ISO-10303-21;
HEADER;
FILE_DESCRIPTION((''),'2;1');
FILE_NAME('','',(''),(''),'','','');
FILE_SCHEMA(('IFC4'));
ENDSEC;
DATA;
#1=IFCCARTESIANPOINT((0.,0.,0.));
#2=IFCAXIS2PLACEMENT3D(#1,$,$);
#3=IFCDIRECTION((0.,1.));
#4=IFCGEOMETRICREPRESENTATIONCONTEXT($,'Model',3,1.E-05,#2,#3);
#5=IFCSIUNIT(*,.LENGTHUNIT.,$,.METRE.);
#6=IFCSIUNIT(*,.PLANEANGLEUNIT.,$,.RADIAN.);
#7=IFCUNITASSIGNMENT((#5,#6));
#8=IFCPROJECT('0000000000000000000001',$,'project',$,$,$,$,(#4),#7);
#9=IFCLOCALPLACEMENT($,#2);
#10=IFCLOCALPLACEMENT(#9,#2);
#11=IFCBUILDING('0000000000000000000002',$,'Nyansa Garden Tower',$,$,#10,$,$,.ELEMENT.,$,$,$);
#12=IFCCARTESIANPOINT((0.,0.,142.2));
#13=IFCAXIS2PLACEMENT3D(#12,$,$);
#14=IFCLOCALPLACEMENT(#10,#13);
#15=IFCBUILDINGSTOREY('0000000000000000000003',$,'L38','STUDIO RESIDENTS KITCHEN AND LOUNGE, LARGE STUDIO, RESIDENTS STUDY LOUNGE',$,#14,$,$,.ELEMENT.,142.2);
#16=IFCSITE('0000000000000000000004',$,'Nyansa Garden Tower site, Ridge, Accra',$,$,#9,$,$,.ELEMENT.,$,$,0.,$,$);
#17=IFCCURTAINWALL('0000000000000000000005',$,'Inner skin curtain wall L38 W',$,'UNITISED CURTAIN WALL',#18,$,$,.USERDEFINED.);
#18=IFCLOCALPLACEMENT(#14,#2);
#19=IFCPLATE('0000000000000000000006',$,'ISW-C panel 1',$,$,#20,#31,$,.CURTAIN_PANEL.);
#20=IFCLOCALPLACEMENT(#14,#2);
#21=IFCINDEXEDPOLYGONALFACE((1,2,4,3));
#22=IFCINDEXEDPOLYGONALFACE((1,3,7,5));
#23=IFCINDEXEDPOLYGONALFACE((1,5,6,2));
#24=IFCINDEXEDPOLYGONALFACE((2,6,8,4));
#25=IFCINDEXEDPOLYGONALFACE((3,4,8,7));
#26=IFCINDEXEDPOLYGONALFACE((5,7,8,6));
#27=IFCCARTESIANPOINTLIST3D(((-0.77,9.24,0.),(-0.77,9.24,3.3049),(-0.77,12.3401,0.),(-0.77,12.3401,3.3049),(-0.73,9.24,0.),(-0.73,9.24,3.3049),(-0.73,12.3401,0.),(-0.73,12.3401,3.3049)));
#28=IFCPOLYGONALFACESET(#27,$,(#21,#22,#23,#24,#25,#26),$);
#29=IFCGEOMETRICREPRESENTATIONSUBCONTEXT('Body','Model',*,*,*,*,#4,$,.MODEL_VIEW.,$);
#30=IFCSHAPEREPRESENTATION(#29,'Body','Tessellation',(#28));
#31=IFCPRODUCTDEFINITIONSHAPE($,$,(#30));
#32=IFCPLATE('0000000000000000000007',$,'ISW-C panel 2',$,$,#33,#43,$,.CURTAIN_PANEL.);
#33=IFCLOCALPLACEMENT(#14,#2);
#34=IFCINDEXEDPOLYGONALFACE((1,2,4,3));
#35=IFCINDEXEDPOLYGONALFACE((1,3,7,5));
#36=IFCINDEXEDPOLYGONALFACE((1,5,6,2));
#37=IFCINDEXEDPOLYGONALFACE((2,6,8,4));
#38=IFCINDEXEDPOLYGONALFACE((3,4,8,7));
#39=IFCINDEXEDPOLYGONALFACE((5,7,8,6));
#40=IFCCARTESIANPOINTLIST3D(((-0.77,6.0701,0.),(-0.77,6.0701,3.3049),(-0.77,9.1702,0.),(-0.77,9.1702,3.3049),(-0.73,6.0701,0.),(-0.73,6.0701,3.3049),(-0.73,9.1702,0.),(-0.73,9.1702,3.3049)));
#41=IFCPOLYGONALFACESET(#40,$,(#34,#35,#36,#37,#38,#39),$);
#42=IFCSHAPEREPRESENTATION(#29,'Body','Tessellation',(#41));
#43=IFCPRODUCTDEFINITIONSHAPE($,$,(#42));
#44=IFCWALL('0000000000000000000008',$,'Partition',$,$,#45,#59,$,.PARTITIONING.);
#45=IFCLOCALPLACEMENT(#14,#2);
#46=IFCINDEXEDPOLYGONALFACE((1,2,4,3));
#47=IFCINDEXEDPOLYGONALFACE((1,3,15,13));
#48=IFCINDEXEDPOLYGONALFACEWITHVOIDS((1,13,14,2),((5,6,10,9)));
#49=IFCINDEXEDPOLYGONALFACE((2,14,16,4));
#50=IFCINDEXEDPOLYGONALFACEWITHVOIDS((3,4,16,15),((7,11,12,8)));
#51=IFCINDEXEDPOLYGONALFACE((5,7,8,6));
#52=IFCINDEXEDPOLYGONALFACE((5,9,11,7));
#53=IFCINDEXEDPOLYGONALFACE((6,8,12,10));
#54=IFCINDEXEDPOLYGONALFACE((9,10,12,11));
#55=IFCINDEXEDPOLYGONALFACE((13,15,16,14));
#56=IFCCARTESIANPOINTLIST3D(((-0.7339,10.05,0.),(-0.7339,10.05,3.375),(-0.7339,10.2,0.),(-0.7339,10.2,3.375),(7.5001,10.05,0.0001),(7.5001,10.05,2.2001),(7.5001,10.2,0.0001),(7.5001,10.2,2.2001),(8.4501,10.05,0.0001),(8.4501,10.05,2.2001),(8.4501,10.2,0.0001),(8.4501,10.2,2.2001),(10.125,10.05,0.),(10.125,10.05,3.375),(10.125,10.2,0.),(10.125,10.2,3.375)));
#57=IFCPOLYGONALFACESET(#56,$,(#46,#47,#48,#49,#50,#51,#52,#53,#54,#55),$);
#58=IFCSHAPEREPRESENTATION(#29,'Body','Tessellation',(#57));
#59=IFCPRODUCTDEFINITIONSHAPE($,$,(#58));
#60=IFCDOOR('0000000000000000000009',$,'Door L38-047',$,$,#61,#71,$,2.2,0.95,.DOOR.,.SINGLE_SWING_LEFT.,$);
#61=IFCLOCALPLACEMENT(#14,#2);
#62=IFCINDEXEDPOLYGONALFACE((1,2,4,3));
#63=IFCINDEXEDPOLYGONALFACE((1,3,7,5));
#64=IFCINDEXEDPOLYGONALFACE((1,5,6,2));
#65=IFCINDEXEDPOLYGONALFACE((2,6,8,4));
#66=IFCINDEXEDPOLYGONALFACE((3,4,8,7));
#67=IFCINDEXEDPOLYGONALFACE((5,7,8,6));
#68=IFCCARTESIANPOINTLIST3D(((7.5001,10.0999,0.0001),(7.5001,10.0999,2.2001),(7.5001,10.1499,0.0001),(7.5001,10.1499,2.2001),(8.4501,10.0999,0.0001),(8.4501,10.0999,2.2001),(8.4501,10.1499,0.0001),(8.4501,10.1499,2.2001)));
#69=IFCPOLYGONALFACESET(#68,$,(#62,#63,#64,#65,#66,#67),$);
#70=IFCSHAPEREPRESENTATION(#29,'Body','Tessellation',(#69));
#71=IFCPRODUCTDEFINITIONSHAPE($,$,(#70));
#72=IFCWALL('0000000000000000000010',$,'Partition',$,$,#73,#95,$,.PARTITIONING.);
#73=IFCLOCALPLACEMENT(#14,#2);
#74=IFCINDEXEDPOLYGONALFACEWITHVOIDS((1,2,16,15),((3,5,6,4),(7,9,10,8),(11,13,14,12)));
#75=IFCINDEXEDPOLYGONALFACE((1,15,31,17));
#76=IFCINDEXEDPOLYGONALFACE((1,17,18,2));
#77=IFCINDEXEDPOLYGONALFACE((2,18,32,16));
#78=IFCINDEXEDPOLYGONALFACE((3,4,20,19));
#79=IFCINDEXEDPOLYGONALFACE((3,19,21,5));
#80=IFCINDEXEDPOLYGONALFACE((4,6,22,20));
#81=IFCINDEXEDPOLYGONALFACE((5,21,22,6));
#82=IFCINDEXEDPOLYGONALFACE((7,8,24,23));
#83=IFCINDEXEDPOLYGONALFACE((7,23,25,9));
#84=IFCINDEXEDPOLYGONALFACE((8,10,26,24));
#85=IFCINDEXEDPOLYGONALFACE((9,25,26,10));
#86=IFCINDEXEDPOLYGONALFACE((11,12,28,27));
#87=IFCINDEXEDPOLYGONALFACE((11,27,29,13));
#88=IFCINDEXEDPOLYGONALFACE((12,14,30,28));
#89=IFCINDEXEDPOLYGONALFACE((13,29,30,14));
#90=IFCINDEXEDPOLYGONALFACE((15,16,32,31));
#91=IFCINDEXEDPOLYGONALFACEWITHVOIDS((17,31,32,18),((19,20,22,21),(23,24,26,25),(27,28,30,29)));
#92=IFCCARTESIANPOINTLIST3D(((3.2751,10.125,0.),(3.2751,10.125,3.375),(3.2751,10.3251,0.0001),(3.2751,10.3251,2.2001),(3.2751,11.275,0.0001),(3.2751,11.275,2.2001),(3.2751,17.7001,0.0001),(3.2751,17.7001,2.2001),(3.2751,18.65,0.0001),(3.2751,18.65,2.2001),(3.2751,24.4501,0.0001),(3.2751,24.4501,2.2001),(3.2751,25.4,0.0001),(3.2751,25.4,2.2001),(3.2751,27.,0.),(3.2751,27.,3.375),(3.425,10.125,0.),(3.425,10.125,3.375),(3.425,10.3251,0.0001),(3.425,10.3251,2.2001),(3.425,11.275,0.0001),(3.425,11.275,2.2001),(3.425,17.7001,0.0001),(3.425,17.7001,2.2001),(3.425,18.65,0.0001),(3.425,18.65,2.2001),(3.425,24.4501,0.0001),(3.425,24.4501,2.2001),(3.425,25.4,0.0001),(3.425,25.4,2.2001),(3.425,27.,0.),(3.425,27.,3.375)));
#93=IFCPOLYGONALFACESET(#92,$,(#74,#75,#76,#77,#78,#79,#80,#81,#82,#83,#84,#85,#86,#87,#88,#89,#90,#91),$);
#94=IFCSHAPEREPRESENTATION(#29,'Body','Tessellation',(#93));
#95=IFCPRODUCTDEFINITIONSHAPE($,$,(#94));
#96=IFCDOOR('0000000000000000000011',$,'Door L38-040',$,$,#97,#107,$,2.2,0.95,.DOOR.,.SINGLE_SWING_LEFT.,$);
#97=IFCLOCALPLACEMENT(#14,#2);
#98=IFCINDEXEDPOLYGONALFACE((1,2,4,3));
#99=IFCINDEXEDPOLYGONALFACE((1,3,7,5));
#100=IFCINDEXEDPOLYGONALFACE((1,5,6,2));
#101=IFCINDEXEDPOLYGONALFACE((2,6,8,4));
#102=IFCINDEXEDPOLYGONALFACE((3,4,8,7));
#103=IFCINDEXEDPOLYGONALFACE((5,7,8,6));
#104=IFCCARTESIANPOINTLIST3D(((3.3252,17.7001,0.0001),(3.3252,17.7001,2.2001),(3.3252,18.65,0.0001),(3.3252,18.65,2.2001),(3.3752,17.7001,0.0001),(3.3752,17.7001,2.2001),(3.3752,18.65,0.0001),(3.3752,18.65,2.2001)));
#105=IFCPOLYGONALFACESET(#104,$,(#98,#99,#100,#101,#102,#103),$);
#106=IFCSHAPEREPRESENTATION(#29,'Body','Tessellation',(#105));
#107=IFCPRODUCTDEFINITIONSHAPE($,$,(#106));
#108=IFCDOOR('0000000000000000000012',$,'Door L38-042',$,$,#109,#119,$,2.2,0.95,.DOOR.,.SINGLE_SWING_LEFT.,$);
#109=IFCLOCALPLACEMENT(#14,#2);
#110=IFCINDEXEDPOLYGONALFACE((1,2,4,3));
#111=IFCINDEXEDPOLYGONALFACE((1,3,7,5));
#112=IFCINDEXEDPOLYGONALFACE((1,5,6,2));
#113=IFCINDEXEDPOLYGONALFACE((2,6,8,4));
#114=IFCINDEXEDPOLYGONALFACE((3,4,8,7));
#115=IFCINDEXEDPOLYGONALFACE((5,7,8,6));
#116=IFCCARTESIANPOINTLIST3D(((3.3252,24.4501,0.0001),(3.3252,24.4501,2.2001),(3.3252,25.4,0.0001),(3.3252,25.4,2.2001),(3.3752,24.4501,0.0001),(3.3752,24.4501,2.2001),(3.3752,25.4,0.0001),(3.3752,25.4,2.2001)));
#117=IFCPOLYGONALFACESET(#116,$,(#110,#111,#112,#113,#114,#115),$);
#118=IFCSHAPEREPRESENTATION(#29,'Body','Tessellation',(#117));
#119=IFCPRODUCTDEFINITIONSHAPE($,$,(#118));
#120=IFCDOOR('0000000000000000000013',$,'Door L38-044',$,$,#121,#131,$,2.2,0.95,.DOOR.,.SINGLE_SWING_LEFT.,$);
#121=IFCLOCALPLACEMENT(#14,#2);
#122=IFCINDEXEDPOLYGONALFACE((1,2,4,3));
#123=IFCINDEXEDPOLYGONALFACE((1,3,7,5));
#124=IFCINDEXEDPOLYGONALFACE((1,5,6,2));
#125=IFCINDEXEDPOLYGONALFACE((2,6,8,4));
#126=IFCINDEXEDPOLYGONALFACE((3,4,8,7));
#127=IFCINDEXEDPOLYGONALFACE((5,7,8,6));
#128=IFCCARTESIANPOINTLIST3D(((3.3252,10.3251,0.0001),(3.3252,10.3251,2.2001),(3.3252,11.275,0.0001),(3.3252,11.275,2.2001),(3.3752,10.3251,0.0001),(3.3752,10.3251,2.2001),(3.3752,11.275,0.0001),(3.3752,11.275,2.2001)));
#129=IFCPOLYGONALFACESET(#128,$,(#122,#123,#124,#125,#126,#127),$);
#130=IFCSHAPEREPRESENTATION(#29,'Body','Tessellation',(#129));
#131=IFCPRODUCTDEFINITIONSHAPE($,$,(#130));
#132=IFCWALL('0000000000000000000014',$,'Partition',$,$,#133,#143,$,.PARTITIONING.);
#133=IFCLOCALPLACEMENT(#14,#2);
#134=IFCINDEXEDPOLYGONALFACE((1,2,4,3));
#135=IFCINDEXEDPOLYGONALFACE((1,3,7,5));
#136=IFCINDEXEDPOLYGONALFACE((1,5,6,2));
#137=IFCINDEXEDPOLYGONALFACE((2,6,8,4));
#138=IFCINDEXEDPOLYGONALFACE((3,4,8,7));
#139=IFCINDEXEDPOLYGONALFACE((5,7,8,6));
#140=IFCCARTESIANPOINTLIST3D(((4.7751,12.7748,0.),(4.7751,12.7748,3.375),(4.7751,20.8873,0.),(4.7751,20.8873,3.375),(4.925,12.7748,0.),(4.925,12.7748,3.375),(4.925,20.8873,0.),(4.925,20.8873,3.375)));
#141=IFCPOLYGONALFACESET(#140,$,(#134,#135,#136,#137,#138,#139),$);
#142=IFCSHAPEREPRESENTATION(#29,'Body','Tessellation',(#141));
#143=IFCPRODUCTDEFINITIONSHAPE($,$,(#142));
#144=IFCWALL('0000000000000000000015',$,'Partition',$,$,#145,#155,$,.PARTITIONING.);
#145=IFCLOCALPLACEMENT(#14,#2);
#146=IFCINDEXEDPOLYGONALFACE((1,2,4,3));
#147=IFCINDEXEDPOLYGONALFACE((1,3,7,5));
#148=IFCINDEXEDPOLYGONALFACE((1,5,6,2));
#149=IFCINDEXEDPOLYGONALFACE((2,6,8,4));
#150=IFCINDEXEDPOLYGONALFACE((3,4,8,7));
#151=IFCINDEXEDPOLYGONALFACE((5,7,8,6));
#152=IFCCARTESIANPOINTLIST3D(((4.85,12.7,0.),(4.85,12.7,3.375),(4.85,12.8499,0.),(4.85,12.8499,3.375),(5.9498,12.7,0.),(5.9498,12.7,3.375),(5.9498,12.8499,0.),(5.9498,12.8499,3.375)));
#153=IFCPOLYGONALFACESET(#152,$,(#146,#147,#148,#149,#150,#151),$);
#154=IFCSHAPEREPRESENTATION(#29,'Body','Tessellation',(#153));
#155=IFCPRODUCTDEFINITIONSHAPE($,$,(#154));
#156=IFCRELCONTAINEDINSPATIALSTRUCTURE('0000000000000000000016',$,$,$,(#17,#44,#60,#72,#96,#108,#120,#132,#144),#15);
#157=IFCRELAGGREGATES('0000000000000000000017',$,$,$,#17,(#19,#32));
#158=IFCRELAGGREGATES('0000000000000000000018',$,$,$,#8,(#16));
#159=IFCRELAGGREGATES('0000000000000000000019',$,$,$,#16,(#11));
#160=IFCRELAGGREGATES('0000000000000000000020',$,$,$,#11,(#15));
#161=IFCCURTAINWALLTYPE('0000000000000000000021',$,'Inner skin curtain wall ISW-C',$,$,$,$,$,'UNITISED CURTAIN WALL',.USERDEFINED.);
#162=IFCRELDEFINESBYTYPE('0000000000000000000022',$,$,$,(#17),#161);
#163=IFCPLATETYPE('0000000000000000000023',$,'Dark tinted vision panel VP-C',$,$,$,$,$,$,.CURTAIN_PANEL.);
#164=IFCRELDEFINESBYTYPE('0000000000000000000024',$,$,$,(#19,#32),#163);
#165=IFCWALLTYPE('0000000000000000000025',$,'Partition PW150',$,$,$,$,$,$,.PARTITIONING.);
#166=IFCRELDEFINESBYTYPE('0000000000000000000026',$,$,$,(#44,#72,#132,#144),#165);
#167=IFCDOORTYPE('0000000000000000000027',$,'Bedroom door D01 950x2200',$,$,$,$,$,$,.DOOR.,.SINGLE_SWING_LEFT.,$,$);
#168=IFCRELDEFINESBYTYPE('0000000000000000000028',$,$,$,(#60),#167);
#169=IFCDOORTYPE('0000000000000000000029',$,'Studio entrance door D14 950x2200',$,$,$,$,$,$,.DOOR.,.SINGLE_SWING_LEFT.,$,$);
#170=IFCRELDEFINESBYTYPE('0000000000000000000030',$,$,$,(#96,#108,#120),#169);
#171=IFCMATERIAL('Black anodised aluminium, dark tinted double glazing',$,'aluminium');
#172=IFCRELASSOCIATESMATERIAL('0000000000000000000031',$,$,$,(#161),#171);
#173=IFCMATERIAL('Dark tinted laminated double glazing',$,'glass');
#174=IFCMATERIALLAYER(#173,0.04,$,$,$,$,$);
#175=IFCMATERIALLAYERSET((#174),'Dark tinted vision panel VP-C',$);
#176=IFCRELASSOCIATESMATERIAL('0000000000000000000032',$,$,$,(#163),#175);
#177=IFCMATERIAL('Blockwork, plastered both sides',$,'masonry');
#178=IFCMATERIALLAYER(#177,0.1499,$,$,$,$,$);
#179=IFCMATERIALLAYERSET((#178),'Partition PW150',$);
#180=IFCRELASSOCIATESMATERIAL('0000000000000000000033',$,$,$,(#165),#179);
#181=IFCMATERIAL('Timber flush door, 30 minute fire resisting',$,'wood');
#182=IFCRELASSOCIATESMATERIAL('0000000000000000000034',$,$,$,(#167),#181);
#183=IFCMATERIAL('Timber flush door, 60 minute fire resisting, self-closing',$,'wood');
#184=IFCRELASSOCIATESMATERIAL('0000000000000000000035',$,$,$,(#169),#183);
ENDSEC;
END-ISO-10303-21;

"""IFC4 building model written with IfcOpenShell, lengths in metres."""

from ifc_helpers import new_model, si_unit, direction, frame, frame_2d, origin, origin_2d, place, context, subcontext, project, spatial, rectangle, extrude, material, layer, layer_set, type_object, element, fill, aggregate, save


model = new_model("IFC4")

# Units and contexts
model_context = context("Model", 3, precision=1e-05, world=origin(), true_north=direction((0.0, 1.0)))
body_context = subcontext(model_context, "Body", "Model", "MODEL_VIEW")
ifc_project = project(units=[si_unit("LENGTHUNIT", "METRE"), si_unit("PLANEANGLEUNIT", "RADIAN")], contexts=[model_context])

# Site, building, storey
site_placement = place(None, origin())
site = spatial("IfcSite", under=ifc_project, at=site_placement, Name="Nyansa Garden Tower site, Ridge, Accra", CompositionType="ELEMENT", RefElevation=0.0)
building_placement = place(site_placement, origin())
building = spatial("IfcBuilding", under=site, at=building_placement, Name="Nyansa Garden Tower", CompositionType="ELEMENT")
storey_placement = place(building_placement, frame((0.0, 0.0, 142.2)))
storey = spatial("IfcBuildingStorey", under=building, at=storey_placement, Name="L38", Description="STUDIO RESIDENTS KITCHEN AND LOUNGE, LARGE STUDIO, RESIDENTS STUDY LOUNGE", CompositionType="ELEMENT", Elevation=142.2)

# Curtain wall
ifc_material_1 = material(Name="Black anodised aluminium, dark tinted double glazing", Category="aluminium")
curtain_wall_type = type_object("IfcCurtainWallType", Name="Inner skin curtain wall ISW-C", ElementType="UNITISED CURTAIN WALL", PredefinedType="USERDEFINED", material=ifc_material_1)
curtain_wall_placement = place(storey_placement, origin())
curtain_wall = element("IfcCurtainWall", 1, at=curtain_wall_placement, inside=storey, type_object=curtain_wall_type, Name="Inner skin curtain wall L38 W", ObjectType="UNITISED CURTAIN WALL", PredefinedType="USERDEFINED")

# Plates
ifc_material_2 = material(Name="Dark tinted laminated double glazing", Category="glass")
ifc_layer_1 = layer(ifc_material_2, 0.04)
ifc_layer_set_1 = layer_set([ifc_layer_1], Name="Dark tinted vision panel VP-C")
plate_type = type_object("IfcPlateType", Name="Dark tinted vision panel VP-C", PredefinedType="CURTAIN_PANEL", material=ifc_layer_set_1)
plate_1_placement = place(storey_placement, frame((-0.75, 10.79, 0.0), z_axis=(0.0, 0.0, 1.0), x_axis=(0.0, -1.0, 0.0)))
plate_1 = element("IfcPlate", 2, at=plate_1_placement, type_object=plate_type, Name="ISW-C panel 1", PredefinedType="CURTAIN_PANEL", context=body_context, shape_type="SweptSolid", body=[
    extrude(rectangle(XDim=3.1001, YDim=0.04, at=origin_2d()), origin(), (0.0, 0.0, 1.0), 3.3049),
])
plate_2_placement = place(storey_placement, frame((-0.75, 7.6201, 0.0), z_axis=(0.0, 0.0, 1.0), x_axis=(0.0, -1.0, 0.0)))
plate_2 = element("IfcPlate", 3, at=plate_2_placement, type_object=plate_type, Name="ISW-C panel 2", PredefinedType="CURTAIN_PANEL", context=body_context, shape_type="SweptSolid", body=[
    extrude(rectangle(XDim=3.1001, YDim=0.04, at=origin_2d()), origin(), (0.0, 0.0, 1.0), 3.3049),
])
aggregate(curtain_wall, [plate_1, plate_2])

# Wall, opening, door
ifc_material_3 = material(Name="Blockwork, plastered both sides", Category="masonry")
ifc_layer_2 = layer(ifc_material_3, 0.1499)
ifc_layer_set_2 = layer_set([ifc_layer_2], Name="Partition PW150")
wall_type_1 = type_object("IfcWallType", Name="Partition PW150", PredefinedType="PARTITIONING", material=ifc_layer_set_2)
wall_1_placement = place(storey_placement, frame((-0.7339, 10.125, 0.0), z_axis=(0.0, 0.0, 1.0), x_axis=(1.0, 0.0, 0.0)))
wall_1 = element("IfcWall", 4, at=wall_1_placement, inside=storey, type_object=wall_type_1, Name="Partition", PredefinedType="PARTITIONING", context=body_context, shape_type="SweptSolid", body=[
    extrude(rectangle(XDim=10.8589, YDim=0.1499, at=frame_2d((5.4294, 0.0))), origin(), (0.0, 0.0, 1.0), 3.375),
])
opening_1_placement = place(wall_1_placement, frame((8.2339, 0.0, 0.0)))
opening_1 = element("IfcOpeningElement", 5, at=opening_1_placement, cuts=wall_1, PredefinedType="OPENING", context=body_context, shape_type="SweptSolid", body=[
    extrude(rectangle(XDim=0.95, YDim=2.2, at=frame_2d((0.4751, 1.1001))), frame((0.0, 0.085, 0.0), z_axis=(0.0, -1.0, 0.0), x_axis=(1.0, 0.0, 0.0)), (0.0, 0.0, 1.0), 0.1699),
])
ifc_material_4 = material(Name="Timber flush door, 30 minute fire resisting", Category="wood")
door_type_1 = type_object("IfcDoorType", Name="Bedroom door D01 950x2200", OperationType="SINGLE_SWING_LEFT", PredefinedType="DOOR", material=ifc_material_4)
door_1_placement = place(opening_1_placement, origin())
door_1 = element("IfcDoor", 6, at=door_1_placement, inside=storey, type_object=door_type_1, Name="Door L38-047", OperationType="SINGLE_SWING_LEFT", OverallHeight=2.2, OverallWidth=0.95, PredefinedType="DOOR", context=body_context, shape_type="SweptSolid", body=[
    extrude(rectangle(XDim=0.95, YDim=2.2, at=frame_2d((0.4751, 1.1001))), frame((0.0, 0.0249, 0.0), z_axis=(0.0, -1.0, 0.0), x_axis=(1.0, 0.0, 0.0)), (0.0, 0.0, 1.0), 0.05),
])
fill(opening_1, door_1)

# Wall, openings, doors
wall_2_placement = place(storey_placement, frame((3.3501, 10.125, 0.0), z_axis=(0.0, 0.0, 1.0), x_axis=(0.0, 1.0, 0.0)))
wall_2 = element("IfcWall", 7, at=wall_2_placement, inside=storey, type_object=wall_type_1, Name="Partition", PredefinedType="PARTITIONING", context=body_context, shape_type="SweptSolid", body=[
    extrude(rectangle(XDim=16.875, YDim=0.1499, at=frame_2d((8.4375, 0.0))), origin(), (0.0, 0.0, 1.0), 3.375),
])
opening_2_placement = place(wall_2_placement, frame((7.575, 0.0, 0.0)))
opening_2 = element("IfcOpeningElement", 8, at=opening_2_placement, cuts=wall_2, PredefinedType="OPENING", context=body_context, shape_type="SweptSolid", body=[
    extrude(rectangle(XDim=0.95, YDim=2.2, at=frame_2d((0.4751, 1.1001))), frame((0.0, 0.085, 0.0), z_axis=(0.0, -1.0, 0.0), x_axis=(1.0, 0.0, 0.0)), (0.0, 0.0, 1.0), 0.1699),
])
opening_3_placement = place(wall_2_placement, frame((14.325, 0.0, 0.0)))
opening_3 = element("IfcOpeningElement", 9, at=opening_3_placement, cuts=wall_2, PredefinedType="OPENING", context=body_context, shape_type="SweptSolid", body=[
    extrude(rectangle(XDim=0.95, YDim=2.2, at=frame_2d((0.4751, 1.1001))), frame((0.0, 0.085, 0.0), z_axis=(0.0, -1.0, 0.0), x_axis=(1.0, 0.0, 0.0)), (0.0, 0.0, 1.0), 0.1699),
])
opening_4_placement = place(wall_2_placement, frame((0.2, 0.0, 0.0)))
opening_4 = element("IfcOpeningElement", 10, at=opening_4_placement, cuts=wall_2, PredefinedType="OPENING", context=body_context, shape_type="SweptSolid", body=[
    extrude(rectangle(XDim=0.95, YDim=2.2, at=frame_2d((0.4751, 1.1001))), frame((0.0, 0.085, 0.0), z_axis=(0.0, -1.0, 0.0), x_axis=(1.0, 0.0, 0.0)), (0.0, 0.0, 1.0), 0.1699),
])
ifc_material_5 = material(Name="Timber flush door, 60 minute fire resisting, self-closing", Category="wood")
door_type_2 = type_object("IfcDoorType", Name="Studio entrance door D14 950x2200", OperationType="SINGLE_SWING_LEFT", PredefinedType="DOOR", material=ifc_material_5)
door_2_placement = place(opening_2_placement, origin())
door_2 = element("IfcDoor", 11, at=door_2_placement, inside=storey, type_object=door_type_2, Name="Door L38-040", OperationType="SINGLE_SWING_LEFT", OverallHeight=2.2, OverallWidth=0.95, PredefinedType="DOOR", context=body_context, shape_type="SweptSolid", body=[
    extrude(rectangle(XDim=0.95, YDim=2.2, at=frame_2d((0.4751, 1.1001))), frame((0.0, 0.0249, 0.0), z_axis=(0.0, -1.0, 0.0), x_axis=(1.0, 0.0, 0.0)), (0.0, 0.0, 1.0), 0.05),
])
fill(opening_2, door_2)
door_3_placement = place(opening_3_placement, origin())
door_3 = element("IfcDoor", 12, at=door_3_placement, inside=storey, type_object=door_type_2, Name="Door L38-042", OperationType="SINGLE_SWING_LEFT", OverallHeight=2.2, OverallWidth=0.95, PredefinedType="DOOR", context=body_context, shape_type="SweptSolid", body=[
    extrude(rectangle(XDim=0.95, YDim=2.2, at=frame_2d((0.4751, 1.1001))), frame((0.0, 0.0249, 0.0), z_axis=(0.0, -1.0, 0.0), x_axis=(1.0, 0.0, 0.0)), (0.0, 0.0, 1.0), 0.05),
])
fill(opening_3, door_3)
door_4_placement = place(opening_4_placement, origin())
door_4 = element("IfcDoor", 13, at=door_4_placement, inside=storey, type_object=door_type_2, Name="Door L38-044", OperationType="SINGLE_SWING_LEFT", OverallHeight=2.2, OverallWidth=0.95, PredefinedType="DOOR", context=body_context, shape_type="SweptSolid", body=[
    extrude(rectangle(XDim=0.95, YDim=2.2, at=frame_2d((0.4751, 1.1001))), frame((0.0, 0.0249, 0.0), z_axis=(0.0, -1.0, 0.0), x_axis=(1.0, 0.0, 0.0)), (0.0, 0.0, 1.0), 0.05),
])
fill(opening_4, door_4)

# Walls
wall_3_placement = place(storey_placement, frame((4.8501, 12.7749, 0.0), z_axis=(0.0, 0.0, 1.0), x_axis=(0.0, 1.0, 0.0)))
element("IfcWall", 14, at=wall_3_placement, inside=storey, type_object=wall_type_1, Name="Partition", PredefinedType="PARTITIONING", context=body_context, shape_type="SweptSolid", body=[
    extrude(rectangle(XDim=8.1125, YDim=0.1499, at=frame_2d((4.0562, 0.0))), origin(), (0.0, 0.0, 1.0), 3.375),
])
wall_4_placement = place(storey_placement, frame((4.8501, 12.7749, 0.0), z_axis=(0.0, 0.0, 1.0), x_axis=(1.0, 0.0, 0.0)))
element("IfcWall", 15, at=wall_4_placement, inside=storey, type_object=wall_type_1, Name="Partition", PredefinedType="PARTITIONING", context=body_context, shape_type="SweptSolid", body=[
    extrude(rectangle(XDim=1.0999, YDim=0.1499, at=frame_2d((0.5498, 0.0))), origin(), (0.0, 0.0, 1.0), 3.375),
])

save(model, "model.ifc")
